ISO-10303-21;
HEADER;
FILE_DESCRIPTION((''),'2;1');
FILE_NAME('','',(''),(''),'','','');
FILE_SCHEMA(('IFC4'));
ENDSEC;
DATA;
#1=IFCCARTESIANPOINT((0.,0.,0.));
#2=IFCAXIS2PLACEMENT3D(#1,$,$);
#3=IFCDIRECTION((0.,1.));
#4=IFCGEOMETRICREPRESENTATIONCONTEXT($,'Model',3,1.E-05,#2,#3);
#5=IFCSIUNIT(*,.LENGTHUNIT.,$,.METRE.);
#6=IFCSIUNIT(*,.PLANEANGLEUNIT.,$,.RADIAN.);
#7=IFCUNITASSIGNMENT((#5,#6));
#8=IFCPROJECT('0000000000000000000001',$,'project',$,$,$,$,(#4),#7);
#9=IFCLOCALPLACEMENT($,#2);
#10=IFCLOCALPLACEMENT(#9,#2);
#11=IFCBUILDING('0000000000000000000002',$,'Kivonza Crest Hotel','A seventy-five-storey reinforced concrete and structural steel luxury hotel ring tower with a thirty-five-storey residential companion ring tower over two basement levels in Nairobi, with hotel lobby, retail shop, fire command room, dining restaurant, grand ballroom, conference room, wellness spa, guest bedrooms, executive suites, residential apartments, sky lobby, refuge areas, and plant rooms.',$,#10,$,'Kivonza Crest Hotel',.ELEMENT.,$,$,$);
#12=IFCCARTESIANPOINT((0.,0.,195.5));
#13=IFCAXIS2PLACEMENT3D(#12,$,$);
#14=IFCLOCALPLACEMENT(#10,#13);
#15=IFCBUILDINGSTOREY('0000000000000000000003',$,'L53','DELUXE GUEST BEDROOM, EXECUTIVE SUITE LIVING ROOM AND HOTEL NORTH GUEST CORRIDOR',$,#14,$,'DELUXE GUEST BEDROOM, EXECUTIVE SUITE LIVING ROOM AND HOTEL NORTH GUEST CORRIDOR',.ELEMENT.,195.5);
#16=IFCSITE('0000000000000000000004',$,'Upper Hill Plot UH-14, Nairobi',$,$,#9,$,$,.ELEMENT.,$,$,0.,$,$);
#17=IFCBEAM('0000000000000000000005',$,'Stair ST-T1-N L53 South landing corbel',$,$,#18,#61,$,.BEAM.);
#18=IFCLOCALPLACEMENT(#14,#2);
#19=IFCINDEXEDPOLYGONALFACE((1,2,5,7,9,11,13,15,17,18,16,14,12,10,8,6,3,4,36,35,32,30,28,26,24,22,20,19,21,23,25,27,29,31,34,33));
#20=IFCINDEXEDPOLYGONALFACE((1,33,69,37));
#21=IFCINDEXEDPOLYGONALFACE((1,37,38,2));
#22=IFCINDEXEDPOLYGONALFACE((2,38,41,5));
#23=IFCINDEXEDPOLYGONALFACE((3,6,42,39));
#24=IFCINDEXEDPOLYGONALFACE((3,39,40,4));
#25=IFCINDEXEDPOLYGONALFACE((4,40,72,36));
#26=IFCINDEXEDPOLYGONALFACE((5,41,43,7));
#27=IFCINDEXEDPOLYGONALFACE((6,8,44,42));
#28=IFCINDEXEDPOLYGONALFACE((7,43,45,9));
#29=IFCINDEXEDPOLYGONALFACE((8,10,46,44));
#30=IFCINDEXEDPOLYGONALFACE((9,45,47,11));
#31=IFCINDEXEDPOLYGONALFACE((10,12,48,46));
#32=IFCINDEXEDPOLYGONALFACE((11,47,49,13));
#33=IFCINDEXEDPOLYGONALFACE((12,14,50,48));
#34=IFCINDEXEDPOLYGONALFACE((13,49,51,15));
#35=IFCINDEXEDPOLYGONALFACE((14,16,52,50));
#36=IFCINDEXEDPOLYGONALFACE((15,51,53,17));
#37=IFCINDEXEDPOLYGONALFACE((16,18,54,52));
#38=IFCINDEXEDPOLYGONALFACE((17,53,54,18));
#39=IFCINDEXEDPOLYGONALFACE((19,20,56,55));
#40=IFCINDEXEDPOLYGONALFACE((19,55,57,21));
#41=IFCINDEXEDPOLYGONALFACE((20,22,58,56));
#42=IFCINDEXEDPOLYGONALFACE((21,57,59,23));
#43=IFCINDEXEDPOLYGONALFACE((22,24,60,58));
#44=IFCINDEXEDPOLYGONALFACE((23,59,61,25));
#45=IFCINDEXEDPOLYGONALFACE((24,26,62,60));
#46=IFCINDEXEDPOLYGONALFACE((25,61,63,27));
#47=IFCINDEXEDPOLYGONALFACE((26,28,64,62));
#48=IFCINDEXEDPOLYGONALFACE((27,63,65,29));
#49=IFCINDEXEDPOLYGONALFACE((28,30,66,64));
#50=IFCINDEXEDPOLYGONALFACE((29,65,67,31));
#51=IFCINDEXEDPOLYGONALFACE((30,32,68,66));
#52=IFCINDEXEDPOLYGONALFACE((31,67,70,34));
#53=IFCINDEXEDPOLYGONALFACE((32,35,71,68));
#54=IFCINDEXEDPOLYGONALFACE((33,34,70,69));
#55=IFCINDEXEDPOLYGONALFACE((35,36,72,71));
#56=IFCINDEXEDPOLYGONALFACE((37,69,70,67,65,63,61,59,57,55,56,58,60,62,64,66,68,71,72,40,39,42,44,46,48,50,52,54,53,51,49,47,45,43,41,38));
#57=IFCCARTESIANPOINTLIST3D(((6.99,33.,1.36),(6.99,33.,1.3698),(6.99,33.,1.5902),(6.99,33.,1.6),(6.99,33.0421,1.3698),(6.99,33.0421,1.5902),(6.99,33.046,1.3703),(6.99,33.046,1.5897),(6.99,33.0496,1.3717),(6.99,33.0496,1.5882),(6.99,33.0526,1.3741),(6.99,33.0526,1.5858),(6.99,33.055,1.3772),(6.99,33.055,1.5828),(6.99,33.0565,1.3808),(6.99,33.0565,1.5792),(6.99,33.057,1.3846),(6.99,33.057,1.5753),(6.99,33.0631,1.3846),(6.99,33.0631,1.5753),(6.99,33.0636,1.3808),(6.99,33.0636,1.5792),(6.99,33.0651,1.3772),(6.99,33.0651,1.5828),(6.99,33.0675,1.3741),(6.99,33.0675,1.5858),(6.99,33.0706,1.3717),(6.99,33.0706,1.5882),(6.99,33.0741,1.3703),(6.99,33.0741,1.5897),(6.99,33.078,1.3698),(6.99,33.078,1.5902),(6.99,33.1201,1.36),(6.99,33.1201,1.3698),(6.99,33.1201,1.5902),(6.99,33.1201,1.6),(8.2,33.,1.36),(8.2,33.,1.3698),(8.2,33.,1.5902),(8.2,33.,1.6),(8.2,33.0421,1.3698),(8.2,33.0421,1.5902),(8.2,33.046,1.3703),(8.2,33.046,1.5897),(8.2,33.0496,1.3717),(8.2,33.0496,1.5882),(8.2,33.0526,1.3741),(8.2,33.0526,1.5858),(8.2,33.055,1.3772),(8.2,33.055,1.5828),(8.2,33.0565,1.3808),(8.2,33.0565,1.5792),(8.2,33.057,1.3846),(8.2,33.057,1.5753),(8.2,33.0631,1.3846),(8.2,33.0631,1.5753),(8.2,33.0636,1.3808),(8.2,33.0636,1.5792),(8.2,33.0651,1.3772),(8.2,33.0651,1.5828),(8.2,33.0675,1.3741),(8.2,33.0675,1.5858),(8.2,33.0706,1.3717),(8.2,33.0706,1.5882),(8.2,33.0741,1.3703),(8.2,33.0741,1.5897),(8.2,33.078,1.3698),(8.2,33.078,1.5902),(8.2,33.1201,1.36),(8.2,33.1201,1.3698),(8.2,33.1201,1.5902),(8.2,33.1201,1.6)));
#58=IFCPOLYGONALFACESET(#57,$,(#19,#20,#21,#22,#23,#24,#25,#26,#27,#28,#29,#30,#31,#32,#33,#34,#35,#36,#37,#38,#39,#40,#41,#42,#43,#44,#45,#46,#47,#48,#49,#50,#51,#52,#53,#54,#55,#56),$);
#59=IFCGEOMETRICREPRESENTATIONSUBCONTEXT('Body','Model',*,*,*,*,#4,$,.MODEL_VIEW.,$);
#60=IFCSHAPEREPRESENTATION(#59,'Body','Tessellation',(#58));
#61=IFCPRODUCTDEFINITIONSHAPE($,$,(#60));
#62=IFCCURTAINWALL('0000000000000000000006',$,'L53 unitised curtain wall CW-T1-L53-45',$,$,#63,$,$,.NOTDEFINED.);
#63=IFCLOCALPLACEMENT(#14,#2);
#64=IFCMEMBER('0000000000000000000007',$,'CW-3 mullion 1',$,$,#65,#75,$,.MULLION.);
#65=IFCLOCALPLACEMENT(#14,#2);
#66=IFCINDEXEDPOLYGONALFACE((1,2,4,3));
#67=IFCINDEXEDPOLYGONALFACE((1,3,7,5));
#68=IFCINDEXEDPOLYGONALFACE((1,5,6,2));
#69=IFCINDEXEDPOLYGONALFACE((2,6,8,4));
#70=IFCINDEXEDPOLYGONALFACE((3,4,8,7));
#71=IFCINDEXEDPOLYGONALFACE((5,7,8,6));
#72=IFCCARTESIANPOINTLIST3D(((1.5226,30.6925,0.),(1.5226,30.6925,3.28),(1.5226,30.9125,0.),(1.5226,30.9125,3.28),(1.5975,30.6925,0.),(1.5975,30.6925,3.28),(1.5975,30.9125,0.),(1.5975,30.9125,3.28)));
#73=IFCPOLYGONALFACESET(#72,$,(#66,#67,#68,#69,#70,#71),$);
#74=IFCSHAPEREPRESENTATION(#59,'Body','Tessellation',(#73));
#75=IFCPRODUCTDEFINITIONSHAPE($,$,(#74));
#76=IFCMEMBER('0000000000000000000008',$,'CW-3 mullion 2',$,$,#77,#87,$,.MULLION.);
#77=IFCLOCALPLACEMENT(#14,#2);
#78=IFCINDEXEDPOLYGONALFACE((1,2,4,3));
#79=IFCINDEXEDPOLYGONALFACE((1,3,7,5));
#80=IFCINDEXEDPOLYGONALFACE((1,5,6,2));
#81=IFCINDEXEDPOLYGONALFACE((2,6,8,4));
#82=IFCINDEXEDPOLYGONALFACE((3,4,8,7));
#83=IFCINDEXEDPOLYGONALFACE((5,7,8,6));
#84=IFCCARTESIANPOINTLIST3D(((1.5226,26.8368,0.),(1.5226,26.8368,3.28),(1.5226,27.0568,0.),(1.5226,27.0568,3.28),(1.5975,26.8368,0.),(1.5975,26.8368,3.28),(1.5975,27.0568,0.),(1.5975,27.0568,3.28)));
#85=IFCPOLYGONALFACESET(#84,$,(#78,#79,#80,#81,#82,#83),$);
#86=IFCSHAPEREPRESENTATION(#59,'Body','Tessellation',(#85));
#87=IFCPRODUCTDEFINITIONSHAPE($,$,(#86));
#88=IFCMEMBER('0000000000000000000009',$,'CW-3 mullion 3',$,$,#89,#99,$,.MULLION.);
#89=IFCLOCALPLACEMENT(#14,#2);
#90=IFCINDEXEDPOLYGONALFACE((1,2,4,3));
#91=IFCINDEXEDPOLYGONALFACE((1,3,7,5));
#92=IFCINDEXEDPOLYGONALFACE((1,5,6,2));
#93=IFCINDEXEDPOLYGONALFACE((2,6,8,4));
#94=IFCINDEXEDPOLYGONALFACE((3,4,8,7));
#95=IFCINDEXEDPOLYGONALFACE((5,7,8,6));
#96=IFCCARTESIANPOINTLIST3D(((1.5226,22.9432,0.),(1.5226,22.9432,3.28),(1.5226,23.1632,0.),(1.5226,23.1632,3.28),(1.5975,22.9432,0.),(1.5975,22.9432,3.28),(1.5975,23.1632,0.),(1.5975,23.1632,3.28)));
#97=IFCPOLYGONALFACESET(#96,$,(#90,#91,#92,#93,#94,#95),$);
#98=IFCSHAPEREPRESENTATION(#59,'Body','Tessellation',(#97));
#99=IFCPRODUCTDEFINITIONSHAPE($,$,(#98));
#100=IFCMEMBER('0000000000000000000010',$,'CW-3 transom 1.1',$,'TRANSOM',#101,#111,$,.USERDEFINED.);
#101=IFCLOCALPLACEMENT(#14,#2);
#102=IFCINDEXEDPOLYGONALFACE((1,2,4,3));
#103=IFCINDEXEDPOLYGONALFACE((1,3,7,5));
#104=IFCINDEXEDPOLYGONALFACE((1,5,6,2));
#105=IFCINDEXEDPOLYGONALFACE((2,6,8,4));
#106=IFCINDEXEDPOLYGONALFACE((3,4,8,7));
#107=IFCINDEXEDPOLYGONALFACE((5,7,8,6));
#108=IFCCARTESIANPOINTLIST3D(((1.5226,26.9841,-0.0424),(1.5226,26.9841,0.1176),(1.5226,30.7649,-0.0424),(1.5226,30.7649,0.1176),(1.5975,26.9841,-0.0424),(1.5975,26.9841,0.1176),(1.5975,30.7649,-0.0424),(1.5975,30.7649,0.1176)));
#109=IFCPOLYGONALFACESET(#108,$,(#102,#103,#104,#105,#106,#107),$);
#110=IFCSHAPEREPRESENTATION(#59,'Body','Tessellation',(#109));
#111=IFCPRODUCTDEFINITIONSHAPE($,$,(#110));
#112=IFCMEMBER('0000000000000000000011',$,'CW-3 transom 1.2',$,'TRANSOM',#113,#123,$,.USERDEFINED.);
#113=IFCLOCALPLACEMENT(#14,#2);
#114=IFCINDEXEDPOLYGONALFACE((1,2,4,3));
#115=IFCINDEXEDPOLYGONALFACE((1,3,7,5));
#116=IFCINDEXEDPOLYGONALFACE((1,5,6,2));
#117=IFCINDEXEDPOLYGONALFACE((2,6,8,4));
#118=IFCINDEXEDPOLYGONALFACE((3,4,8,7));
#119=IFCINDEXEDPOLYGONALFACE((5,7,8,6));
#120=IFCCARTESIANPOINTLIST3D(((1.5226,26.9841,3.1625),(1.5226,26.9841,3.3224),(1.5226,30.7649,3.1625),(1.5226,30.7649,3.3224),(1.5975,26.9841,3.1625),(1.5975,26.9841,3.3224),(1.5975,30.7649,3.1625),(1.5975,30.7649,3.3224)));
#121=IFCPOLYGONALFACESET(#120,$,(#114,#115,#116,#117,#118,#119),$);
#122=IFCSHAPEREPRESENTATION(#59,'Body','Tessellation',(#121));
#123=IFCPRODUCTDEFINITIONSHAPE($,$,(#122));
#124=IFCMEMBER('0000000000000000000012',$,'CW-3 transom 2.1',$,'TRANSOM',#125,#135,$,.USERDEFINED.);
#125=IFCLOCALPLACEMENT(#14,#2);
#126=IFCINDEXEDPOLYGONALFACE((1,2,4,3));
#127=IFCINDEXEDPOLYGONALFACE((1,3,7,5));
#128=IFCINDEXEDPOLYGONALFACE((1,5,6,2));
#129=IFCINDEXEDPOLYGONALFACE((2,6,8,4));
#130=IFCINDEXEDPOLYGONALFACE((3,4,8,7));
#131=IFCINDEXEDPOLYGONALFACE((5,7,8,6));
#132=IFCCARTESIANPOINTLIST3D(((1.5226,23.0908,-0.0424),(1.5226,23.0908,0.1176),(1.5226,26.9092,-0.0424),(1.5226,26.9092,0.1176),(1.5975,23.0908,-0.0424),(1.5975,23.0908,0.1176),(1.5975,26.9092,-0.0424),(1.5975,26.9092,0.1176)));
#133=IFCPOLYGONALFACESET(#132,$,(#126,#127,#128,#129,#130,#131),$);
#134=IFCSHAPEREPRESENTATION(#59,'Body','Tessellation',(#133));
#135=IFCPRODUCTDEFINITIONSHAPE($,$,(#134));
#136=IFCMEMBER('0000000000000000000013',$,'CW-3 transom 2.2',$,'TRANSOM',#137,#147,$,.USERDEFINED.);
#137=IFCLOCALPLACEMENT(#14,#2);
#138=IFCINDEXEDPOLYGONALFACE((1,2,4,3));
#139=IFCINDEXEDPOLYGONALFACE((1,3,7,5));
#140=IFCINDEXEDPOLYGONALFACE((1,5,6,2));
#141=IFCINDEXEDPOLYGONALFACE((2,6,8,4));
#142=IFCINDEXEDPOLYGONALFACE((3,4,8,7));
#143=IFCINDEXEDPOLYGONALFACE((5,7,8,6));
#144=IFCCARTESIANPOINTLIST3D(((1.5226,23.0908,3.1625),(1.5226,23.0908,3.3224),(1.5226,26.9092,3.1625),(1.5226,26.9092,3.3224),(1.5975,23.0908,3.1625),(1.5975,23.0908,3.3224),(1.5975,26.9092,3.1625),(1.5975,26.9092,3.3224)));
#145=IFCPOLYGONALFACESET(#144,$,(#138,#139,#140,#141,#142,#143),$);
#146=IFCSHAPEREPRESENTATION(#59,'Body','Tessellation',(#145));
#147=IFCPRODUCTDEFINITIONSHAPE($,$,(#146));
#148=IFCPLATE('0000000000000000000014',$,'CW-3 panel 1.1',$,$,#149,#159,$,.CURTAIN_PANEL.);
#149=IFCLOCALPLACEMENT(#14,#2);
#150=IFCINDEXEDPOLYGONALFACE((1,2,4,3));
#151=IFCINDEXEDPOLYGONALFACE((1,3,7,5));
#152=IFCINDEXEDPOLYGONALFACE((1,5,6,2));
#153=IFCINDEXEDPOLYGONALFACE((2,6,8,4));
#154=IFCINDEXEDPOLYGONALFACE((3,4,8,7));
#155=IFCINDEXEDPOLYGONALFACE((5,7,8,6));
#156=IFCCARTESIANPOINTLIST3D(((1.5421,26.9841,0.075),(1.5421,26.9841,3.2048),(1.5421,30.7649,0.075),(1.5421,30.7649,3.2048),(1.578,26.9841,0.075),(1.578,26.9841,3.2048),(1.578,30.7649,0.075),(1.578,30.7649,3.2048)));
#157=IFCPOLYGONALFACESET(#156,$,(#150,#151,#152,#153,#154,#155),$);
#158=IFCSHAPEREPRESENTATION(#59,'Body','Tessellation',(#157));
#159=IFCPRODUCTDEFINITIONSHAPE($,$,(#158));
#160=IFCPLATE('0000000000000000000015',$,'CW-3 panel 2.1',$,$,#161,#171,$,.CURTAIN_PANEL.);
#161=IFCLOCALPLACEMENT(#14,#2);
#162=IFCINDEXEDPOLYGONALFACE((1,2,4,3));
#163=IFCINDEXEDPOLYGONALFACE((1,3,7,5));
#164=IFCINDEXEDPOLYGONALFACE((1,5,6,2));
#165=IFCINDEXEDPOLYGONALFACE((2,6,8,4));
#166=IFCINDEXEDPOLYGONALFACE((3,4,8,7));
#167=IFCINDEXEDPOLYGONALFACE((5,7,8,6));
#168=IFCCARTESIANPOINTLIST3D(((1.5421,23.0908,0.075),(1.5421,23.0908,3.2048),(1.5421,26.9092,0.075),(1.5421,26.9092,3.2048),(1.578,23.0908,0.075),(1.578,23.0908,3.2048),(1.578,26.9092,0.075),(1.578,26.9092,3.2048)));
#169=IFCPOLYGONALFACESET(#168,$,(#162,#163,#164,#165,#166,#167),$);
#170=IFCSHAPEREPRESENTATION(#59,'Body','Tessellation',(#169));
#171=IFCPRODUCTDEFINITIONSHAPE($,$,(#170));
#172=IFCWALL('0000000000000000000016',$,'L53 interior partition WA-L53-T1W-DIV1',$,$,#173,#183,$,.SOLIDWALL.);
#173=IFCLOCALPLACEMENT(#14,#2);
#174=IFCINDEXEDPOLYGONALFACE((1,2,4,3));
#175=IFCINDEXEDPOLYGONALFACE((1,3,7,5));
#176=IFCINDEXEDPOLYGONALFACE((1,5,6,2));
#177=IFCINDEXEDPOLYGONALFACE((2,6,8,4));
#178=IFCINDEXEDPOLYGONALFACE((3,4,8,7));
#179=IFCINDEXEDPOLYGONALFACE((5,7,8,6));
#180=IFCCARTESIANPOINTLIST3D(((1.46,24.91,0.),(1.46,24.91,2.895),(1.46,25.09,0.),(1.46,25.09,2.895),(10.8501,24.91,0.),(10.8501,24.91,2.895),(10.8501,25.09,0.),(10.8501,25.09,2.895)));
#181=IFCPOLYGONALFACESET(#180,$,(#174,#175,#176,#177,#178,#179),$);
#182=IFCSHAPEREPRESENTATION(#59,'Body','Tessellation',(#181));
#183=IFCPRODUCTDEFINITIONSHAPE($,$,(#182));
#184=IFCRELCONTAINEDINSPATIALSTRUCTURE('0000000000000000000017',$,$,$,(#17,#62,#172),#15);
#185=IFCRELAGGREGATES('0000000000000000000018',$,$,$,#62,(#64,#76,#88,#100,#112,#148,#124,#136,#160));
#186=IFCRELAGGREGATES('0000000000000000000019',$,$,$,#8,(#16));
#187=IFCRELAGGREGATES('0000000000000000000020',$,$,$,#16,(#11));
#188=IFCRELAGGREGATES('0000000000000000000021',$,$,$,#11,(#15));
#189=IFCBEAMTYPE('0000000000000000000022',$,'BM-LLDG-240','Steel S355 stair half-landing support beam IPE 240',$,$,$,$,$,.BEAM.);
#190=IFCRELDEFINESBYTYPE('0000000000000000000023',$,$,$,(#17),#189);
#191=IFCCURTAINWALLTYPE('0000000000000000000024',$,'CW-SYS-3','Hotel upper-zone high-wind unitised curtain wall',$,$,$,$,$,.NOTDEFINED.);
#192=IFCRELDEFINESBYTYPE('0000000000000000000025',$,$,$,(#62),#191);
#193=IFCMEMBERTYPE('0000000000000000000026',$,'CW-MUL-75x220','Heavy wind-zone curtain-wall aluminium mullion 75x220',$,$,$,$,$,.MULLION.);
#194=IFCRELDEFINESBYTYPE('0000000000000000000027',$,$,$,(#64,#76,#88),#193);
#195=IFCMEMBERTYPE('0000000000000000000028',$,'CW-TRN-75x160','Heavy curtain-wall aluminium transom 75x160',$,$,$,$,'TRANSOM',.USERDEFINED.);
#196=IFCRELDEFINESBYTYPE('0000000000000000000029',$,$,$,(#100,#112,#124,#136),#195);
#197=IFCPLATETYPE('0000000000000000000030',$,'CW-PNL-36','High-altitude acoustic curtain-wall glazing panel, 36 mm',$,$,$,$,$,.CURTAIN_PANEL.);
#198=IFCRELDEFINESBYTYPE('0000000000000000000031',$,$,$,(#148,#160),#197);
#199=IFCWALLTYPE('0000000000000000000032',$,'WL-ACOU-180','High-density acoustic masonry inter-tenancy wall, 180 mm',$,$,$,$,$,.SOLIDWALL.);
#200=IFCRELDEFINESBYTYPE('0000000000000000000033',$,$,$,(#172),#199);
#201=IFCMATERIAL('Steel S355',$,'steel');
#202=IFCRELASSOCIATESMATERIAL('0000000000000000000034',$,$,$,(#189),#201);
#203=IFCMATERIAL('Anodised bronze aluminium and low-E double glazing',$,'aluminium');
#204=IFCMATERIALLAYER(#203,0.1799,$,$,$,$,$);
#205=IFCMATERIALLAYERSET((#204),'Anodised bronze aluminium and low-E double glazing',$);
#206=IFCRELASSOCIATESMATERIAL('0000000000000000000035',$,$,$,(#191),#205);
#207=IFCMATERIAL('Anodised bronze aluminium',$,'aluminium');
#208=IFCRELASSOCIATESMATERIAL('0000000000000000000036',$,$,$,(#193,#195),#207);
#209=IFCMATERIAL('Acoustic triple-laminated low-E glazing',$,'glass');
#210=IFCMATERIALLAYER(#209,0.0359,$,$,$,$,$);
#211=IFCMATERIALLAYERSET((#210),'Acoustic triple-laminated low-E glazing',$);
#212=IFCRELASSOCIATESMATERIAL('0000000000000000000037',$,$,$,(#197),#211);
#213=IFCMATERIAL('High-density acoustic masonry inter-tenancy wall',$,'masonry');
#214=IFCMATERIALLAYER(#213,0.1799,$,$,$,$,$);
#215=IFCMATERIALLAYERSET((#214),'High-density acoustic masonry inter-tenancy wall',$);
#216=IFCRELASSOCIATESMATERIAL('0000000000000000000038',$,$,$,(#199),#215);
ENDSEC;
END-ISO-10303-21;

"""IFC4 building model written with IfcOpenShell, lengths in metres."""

from ifc_helpers import new_model, si_unit, direction, frame, frame_2d, origin, origin_2d, place, context, subcontext, project, spatial, rectangle, i_section, extrude, material, layer, layer_set, material_profile, profile_set, type_object, element, aggregate, save


model = new_model("IFC4")

# Units and contexts
model_context = context("Model", 3, precision=1e-05, world=origin(), true_north=direction((0.0, 1.0)))
body_context = subcontext(model_context, "Body", "Model", "MODEL_VIEW")
ifc_project = project(units=[si_unit("LENGTHUNIT", "METRE"), si_unit("PLANEANGLEUNIT", "RADIAN")], contexts=[model_context])

# Site, building, storey
site_placement = place(None, origin())
site = spatial("IfcSite", under=ifc_project, at=site_placement, Name="Upper Hill Plot UH-14, Nairobi", CompositionType="ELEMENT", RefElevation=0.0)
building_placement = place(site_placement, origin())
building = spatial("IfcBuilding", under=site, at=building_placement, Name="Kivonza Crest Hotel", Description="A seventy-five-storey reinforced concrete and structural steel luxury hotel ring tower with a thirty-five-storey residential companion ring tower over two basement levels in Nairobi, with hotel lobby, retail shop, fire command room, dining restaurant, grand ballroom, conference room, wellness spa, guest bedrooms, executive suites, residential apartments, sky lobby, refuge areas, and plant rooms.", LongName="Kivonza Crest Hotel", CompositionType="ELEMENT")
storey_placement = place(building_placement, frame((0.0, 0.0, 195.5)))
storey = spatial("IfcBuildingStorey", under=building, at=storey_placement, Name="L53", Description="DELUXE GUEST BEDROOM, EXECUTIVE SUITE LIVING ROOM AND HOTEL NORTH GUEST CORRIDOR", LongName="DELUXE GUEST BEDROOM, EXECUTIVE SUITE LIVING ROOM AND HOTEL NORTH GUEST CORRIDOR", CompositionType="ELEMENT", Elevation=195.5)

# Beam
ifc_material_1 = material(Name="Steel S355", Category="steel")
ifc_material_profile_1 = material_profile(ifc_material_1, i_section(OverallWidth=0.1201, OverallDepth=0.24, WebThickness=0.0061, FlangeThickness=0.0098, FilletRadius=0.0149, at=origin_2d()), Name="IPE 240")
ifc_profile_set_1 = profile_set([ifc_material_profile_1], Name="Steel S355")
beam_type_1 = type_object("IfcBeamType", Name="BM-LLDG-240", Description="Steel S355 stair half-landing support beam IPE 240", PredefinedType="BEAM", material=ifc_profile_set_1)
beam_1_placement = place(storey_placement, frame((6.99, 33.0601, 1.48), z_axis=(1.0, 0.0, 0.0), x_axis=(0.0, 1.0, 0.0)))
element("IfcBeam", 1, at=beam_1_placement, inside=storey, type_object=beam_type_1, Name="Stair ST-T1-N L53 South landing corbel", PredefinedType="BEAM", context=body_context, shape_type="SweptSolid", body=[
    extrude(i_section(OverallWidth=0.1201, OverallDepth=0.24, WebThickness=0.0061, FlangeThickness=0.0098, FilletRadius=0.0149, at=origin_2d()), origin(), (0.0, 0.0, 1.0), 1.21),
])

# Curtain wall, members, plates
ifc_material_2 = material(Name="Anodised bronze aluminium and low-E double glazing", Category="aluminium")
ifc_layer_1 = layer(ifc_material_2, 0.1799)
ifc_layer_set_1 = layer_set([ifc_layer_1], Name="Anodised bronze aluminium and low-E double glazing")
curtain_wall_type = type_object("IfcCurtainWallType", Name="CW-SYS-3", Description="Hotel upper-zone high-wind unitised curtain wall", PredefinedType="NOTDEFINED", material=ifc_layer_set_1)
curtain_wall_placement = place(storey_placement, origin())
curtain_wall = element("IfcCurtainWall", 2, at=curtain_wall_placement, inside=storey, type_object=curtain_wall_type, Name="L53 unitised curtain wall CW-T1-L53-45", PredefinedType="NOTDEFINED")
ifc_material_3 = material(Name="Anodised bronze aluminium", Category="aluminium")
ifc_material_profile_2 = material_profile(ifc_material_3, rectangle(XDim=0.075, YDim=0.22, at=origin_2d()), Name="CW-M 75x220")
ifc_profile_set_2 = profile_set([ifc_material_profile_2], Name="Anodised bronze aluminium")
member_type_1 = type_object("IfcMemberType", Name="CW-MUL-75x220", Description="Heavy wind-zone curtain-wall aluminium mullion 75x220", PredefinedType="MULLION", material=ifc_profile_set_2)
member_1_placement = place(storey_placement, frame((1.5601, 30.8025, 0.0), z_axis=(0.0, 0.0, 1.0), x_axis=(1.0, 0.0, 0.0)))
member_1 = element("IfcMember", 3, at=member_1_placement, type_object=member_type_1, Name="CW-3 mullion 1", PredefinedType="MULLION", context=body_context, shape_type="SweptSolid", body=[
    extrude(rectangle(XDim=0.075, YDim=0.22, at=origin_2d()), origin(), (0.0, 0.0, 1.0), 3.28),
])
member_2_placement = place(storey_placement, frame((1.5601, 26.9468, 0.0), z_axis=(0.0, 0.0, 1.0), x_axis=(1.0, 0.0, 0.0)))
member_2 = element("IfcMember", 4, at=member_2_placement, type_object=member_type_1, Name="CW-3 mullion 2", PredefinedType="MULLION", context=body_context, shape_type="SweptSolid", body=[
    extrude(rectangle(XDim=0.075, YDim=0.22, at=origin_2d()), origin(), (0.0, 0.0, 1.0), 3.28),
])
member_3_placement = place(storey_placement, frame((1.5601, 23.0532, 0.0), z_axis=(0.0, 0.0, 1.0), x_axis=(1.0, 0.0, 0.0)))
member_3 = element("IfcMember", 5, at=member_3_placement, type_object=member_type_1, Name="CW-3 mullion 3", PredefinedType="MULLION", context=body_context, shape_type="SweptSolid", body=[
    extrude(rectangle(XDim=0.075, YDim=0.22, at=origin_2d()), origin(), (0.0, 0.0, 1.0), 3.28),
])
ifc_material_profile_3 = material_profile(ifc_material_3, rectangle(XDim=0.075, YDim=0.1599, at=origin_2d()), Name="CW-T 75x160")
ifc_profile_set_3 = profile_set([ifc_material_profile_3], Name="Anodised bronze aluminium")
member_type_2 = type_object("IfcMemberType", Name="CW-TRN-75x160", Description="Heavy curtain-wall aluminium transom 75x160", ElementType="TRANSOM", PredefinedType="USERDEFINED", material=ifc_profile_set_3)
member_4_placement = place(storey_placement, frame((1.5601, 30.7649, 0.0376), z_axis=(0.0, -1.0, 0.0), x_axis=(1.0, 0.0, 0.0)))
member_4 = element("IfcMember", 6, at=member_4_placement, type_object=member_type_2, Name="CW-3 transom 1.1", ObjectType="TRANSOM", PredefinedType="USERDEFINED", context=body_context, shape_type="SweptSolid", body=[
    extrude(rectangle(XDim=0.075, YDim=0.1599, at=origin_2d()), origin(), (0.0, 0.0, 1.0), 3.7808),
])
member_5_placement = place(storey_placement, frame((1.5601, 30.7649, 3.2424), z_axis=(0.0, -1.0, 0.0), x_axis=(1.0, 0.0, 0.0)))
member_5 = element("IfcMember", 7, at=member_5_placement, type_object=member_type_2, Name="CW-3 transom 1.2", ObjectType="TRANSOM", PredefinedType="USERDEFINED", context=body_context, shape_type="SweptSolid", body=[
    extrude(rectangle(XDim=0.075, YDim=0.1599, at=origin_2d()), origin(), (0.0, 0.0, 1.0), 3.7808),
])
member_6_placement = place(storey_placement, frame((1.5601, 26.9092, 0.0376), z_axis=(0.0, -1.0, 0.0), x_axis=(1.0, 0.0, 0.0)))
member_6 = element("IfcMember", 8, at=member_6_placement, type_object=member_type_2, Name="CW-3 transom 2.1", ObjectType="TRANSOM", PredefinedType="USERDEFINED", context=body_context, shape_type="SweptSolid", body=[
    extrude(rectangle(XDim=0.075, YDim=0.1599, at=origin_2d()), origin(), (0.0, 0.0, 1.0), 3.8184),
])
member_7_placement = place(storey_placement, frame((1.5601, 26.9092, 3.2424), z_axis=(0.0, -1.0, 0.0), x_axis=(1.0, 0.0, 0.0)))
member_7 = element("IfcMember", 9, at=member_7_placement, type_object=member_type_2, Name="CW-3 transom 2.2", ObjectType="TRANSOM", PredefinedType="USERDEFINED", context=body_context, shape_type="SweptSolid", body=[
    extrude(rectangle(XDim=0.075, YDim=0.1599, at=origin_2d()), origin(), (0.0, 0.0, 1.0), 3.8184),
])
ifc_material_4 = material(Name="Acoustic triple-laminated low-E glazing", Category="glass")
ifc_layer_2 = layer(ifc_material_4, 0.0359)
ifc_layer_set_2 = layer_set([ifc_layer_2], Name="Acoustic triple-laminated low-E glazing")
plate_type = type_object("IfcPlateType", Name="CW-PNL-36", Description="High-altitude acoustic curtain-wall glazing panel, 36 mm", PredefinedType="CURTAIN_PANEL", material=ifc_layer_set_2)
plate_1_placement = place(storey_placement, frame((1.5601, 28.8745, 0.075), z_axis=(0.0, 0.0, 1.0), x_axis=(0.0, -1.0, 0.0)))
plate_1 = element("IfcPlate", 10, at=plate_1_placement, type_object=plate_type, Name="CW-3 panel 1.1", PredefinedType="CURTAIN_PANEL", context=body_context, shape_type="SweptSolid", body=[
    extrude(rectangle(XDim=3.7808, YDim=0.0359, at=origin_2d()), origin(), (0.0, 0.0, 1.0), 3.1299),
])
plate_2_placement = place(storey_placement, frame((1.5601, 25.0, 0.075), z_axis=(0.0, 0.0, 1.0), x_axis=(0.0, -1.0, 0.0)))
plate_2 = element("IfcPlate", 11, at=plate_2_placement, type_object=plate_type, Name="CW-3 panel 2.1", PredefinedType="CURTAIN_PANEL", context=body_context, shape_type="SweptSolid", body=[
    extrude(rectangle(XDim=3.8184, YDim=0.0359, at=origin_2d()), origin(), (0.0, 0.0, 1.0), 3.1299),
])
aggregate(curtain_wall, [member_1, member_2, member_3, member_4, member_5, plate_1, member_6, member_7, plate_2])

# Wall
ifc_material_5 = material(Name="High-density acoustic masonry inter-tenancy wall", Category="masonry")
ifc_layer_3 = layer(ifc_material_5, 0.1799)
ifc_layer_set_3 = layer_set([ifc_layer_3], Name="High-density acoustic masonry inter-tenancy wall")
wall_type_1 = type_object("IfcWallType", Name="WL-ACOU-180", Description="High-density acoustic masonry inter-tenancy wall, 180 mm", PredefinedType="SOLIDWALL", material=ifc_layer_set_3)
wall_1_placement = place(storey_placement, frame((1.46, 25.0, 0.0), z_axis=(0.0, 0.0, 1.0), x_axis=(1.0, 0.0, 0.0)))
element("IfcWall", 12, at=wall_1_placement, inside=storey, type_object=wall_type_1, Name="L53 interior partition WA-L53-T1W-DIV1", PredefinedType="SOLIDWALL", context=body_context, shape_type="SweptSolid", body=[
    extrude(rectangle(XDim=9.3901, YDim=0.1799, at=frame_2d((4.6951, 0.0))), origin(), (0.0, 0.0, 1.0), 2.895),
])

save(model, "model.ifc")
